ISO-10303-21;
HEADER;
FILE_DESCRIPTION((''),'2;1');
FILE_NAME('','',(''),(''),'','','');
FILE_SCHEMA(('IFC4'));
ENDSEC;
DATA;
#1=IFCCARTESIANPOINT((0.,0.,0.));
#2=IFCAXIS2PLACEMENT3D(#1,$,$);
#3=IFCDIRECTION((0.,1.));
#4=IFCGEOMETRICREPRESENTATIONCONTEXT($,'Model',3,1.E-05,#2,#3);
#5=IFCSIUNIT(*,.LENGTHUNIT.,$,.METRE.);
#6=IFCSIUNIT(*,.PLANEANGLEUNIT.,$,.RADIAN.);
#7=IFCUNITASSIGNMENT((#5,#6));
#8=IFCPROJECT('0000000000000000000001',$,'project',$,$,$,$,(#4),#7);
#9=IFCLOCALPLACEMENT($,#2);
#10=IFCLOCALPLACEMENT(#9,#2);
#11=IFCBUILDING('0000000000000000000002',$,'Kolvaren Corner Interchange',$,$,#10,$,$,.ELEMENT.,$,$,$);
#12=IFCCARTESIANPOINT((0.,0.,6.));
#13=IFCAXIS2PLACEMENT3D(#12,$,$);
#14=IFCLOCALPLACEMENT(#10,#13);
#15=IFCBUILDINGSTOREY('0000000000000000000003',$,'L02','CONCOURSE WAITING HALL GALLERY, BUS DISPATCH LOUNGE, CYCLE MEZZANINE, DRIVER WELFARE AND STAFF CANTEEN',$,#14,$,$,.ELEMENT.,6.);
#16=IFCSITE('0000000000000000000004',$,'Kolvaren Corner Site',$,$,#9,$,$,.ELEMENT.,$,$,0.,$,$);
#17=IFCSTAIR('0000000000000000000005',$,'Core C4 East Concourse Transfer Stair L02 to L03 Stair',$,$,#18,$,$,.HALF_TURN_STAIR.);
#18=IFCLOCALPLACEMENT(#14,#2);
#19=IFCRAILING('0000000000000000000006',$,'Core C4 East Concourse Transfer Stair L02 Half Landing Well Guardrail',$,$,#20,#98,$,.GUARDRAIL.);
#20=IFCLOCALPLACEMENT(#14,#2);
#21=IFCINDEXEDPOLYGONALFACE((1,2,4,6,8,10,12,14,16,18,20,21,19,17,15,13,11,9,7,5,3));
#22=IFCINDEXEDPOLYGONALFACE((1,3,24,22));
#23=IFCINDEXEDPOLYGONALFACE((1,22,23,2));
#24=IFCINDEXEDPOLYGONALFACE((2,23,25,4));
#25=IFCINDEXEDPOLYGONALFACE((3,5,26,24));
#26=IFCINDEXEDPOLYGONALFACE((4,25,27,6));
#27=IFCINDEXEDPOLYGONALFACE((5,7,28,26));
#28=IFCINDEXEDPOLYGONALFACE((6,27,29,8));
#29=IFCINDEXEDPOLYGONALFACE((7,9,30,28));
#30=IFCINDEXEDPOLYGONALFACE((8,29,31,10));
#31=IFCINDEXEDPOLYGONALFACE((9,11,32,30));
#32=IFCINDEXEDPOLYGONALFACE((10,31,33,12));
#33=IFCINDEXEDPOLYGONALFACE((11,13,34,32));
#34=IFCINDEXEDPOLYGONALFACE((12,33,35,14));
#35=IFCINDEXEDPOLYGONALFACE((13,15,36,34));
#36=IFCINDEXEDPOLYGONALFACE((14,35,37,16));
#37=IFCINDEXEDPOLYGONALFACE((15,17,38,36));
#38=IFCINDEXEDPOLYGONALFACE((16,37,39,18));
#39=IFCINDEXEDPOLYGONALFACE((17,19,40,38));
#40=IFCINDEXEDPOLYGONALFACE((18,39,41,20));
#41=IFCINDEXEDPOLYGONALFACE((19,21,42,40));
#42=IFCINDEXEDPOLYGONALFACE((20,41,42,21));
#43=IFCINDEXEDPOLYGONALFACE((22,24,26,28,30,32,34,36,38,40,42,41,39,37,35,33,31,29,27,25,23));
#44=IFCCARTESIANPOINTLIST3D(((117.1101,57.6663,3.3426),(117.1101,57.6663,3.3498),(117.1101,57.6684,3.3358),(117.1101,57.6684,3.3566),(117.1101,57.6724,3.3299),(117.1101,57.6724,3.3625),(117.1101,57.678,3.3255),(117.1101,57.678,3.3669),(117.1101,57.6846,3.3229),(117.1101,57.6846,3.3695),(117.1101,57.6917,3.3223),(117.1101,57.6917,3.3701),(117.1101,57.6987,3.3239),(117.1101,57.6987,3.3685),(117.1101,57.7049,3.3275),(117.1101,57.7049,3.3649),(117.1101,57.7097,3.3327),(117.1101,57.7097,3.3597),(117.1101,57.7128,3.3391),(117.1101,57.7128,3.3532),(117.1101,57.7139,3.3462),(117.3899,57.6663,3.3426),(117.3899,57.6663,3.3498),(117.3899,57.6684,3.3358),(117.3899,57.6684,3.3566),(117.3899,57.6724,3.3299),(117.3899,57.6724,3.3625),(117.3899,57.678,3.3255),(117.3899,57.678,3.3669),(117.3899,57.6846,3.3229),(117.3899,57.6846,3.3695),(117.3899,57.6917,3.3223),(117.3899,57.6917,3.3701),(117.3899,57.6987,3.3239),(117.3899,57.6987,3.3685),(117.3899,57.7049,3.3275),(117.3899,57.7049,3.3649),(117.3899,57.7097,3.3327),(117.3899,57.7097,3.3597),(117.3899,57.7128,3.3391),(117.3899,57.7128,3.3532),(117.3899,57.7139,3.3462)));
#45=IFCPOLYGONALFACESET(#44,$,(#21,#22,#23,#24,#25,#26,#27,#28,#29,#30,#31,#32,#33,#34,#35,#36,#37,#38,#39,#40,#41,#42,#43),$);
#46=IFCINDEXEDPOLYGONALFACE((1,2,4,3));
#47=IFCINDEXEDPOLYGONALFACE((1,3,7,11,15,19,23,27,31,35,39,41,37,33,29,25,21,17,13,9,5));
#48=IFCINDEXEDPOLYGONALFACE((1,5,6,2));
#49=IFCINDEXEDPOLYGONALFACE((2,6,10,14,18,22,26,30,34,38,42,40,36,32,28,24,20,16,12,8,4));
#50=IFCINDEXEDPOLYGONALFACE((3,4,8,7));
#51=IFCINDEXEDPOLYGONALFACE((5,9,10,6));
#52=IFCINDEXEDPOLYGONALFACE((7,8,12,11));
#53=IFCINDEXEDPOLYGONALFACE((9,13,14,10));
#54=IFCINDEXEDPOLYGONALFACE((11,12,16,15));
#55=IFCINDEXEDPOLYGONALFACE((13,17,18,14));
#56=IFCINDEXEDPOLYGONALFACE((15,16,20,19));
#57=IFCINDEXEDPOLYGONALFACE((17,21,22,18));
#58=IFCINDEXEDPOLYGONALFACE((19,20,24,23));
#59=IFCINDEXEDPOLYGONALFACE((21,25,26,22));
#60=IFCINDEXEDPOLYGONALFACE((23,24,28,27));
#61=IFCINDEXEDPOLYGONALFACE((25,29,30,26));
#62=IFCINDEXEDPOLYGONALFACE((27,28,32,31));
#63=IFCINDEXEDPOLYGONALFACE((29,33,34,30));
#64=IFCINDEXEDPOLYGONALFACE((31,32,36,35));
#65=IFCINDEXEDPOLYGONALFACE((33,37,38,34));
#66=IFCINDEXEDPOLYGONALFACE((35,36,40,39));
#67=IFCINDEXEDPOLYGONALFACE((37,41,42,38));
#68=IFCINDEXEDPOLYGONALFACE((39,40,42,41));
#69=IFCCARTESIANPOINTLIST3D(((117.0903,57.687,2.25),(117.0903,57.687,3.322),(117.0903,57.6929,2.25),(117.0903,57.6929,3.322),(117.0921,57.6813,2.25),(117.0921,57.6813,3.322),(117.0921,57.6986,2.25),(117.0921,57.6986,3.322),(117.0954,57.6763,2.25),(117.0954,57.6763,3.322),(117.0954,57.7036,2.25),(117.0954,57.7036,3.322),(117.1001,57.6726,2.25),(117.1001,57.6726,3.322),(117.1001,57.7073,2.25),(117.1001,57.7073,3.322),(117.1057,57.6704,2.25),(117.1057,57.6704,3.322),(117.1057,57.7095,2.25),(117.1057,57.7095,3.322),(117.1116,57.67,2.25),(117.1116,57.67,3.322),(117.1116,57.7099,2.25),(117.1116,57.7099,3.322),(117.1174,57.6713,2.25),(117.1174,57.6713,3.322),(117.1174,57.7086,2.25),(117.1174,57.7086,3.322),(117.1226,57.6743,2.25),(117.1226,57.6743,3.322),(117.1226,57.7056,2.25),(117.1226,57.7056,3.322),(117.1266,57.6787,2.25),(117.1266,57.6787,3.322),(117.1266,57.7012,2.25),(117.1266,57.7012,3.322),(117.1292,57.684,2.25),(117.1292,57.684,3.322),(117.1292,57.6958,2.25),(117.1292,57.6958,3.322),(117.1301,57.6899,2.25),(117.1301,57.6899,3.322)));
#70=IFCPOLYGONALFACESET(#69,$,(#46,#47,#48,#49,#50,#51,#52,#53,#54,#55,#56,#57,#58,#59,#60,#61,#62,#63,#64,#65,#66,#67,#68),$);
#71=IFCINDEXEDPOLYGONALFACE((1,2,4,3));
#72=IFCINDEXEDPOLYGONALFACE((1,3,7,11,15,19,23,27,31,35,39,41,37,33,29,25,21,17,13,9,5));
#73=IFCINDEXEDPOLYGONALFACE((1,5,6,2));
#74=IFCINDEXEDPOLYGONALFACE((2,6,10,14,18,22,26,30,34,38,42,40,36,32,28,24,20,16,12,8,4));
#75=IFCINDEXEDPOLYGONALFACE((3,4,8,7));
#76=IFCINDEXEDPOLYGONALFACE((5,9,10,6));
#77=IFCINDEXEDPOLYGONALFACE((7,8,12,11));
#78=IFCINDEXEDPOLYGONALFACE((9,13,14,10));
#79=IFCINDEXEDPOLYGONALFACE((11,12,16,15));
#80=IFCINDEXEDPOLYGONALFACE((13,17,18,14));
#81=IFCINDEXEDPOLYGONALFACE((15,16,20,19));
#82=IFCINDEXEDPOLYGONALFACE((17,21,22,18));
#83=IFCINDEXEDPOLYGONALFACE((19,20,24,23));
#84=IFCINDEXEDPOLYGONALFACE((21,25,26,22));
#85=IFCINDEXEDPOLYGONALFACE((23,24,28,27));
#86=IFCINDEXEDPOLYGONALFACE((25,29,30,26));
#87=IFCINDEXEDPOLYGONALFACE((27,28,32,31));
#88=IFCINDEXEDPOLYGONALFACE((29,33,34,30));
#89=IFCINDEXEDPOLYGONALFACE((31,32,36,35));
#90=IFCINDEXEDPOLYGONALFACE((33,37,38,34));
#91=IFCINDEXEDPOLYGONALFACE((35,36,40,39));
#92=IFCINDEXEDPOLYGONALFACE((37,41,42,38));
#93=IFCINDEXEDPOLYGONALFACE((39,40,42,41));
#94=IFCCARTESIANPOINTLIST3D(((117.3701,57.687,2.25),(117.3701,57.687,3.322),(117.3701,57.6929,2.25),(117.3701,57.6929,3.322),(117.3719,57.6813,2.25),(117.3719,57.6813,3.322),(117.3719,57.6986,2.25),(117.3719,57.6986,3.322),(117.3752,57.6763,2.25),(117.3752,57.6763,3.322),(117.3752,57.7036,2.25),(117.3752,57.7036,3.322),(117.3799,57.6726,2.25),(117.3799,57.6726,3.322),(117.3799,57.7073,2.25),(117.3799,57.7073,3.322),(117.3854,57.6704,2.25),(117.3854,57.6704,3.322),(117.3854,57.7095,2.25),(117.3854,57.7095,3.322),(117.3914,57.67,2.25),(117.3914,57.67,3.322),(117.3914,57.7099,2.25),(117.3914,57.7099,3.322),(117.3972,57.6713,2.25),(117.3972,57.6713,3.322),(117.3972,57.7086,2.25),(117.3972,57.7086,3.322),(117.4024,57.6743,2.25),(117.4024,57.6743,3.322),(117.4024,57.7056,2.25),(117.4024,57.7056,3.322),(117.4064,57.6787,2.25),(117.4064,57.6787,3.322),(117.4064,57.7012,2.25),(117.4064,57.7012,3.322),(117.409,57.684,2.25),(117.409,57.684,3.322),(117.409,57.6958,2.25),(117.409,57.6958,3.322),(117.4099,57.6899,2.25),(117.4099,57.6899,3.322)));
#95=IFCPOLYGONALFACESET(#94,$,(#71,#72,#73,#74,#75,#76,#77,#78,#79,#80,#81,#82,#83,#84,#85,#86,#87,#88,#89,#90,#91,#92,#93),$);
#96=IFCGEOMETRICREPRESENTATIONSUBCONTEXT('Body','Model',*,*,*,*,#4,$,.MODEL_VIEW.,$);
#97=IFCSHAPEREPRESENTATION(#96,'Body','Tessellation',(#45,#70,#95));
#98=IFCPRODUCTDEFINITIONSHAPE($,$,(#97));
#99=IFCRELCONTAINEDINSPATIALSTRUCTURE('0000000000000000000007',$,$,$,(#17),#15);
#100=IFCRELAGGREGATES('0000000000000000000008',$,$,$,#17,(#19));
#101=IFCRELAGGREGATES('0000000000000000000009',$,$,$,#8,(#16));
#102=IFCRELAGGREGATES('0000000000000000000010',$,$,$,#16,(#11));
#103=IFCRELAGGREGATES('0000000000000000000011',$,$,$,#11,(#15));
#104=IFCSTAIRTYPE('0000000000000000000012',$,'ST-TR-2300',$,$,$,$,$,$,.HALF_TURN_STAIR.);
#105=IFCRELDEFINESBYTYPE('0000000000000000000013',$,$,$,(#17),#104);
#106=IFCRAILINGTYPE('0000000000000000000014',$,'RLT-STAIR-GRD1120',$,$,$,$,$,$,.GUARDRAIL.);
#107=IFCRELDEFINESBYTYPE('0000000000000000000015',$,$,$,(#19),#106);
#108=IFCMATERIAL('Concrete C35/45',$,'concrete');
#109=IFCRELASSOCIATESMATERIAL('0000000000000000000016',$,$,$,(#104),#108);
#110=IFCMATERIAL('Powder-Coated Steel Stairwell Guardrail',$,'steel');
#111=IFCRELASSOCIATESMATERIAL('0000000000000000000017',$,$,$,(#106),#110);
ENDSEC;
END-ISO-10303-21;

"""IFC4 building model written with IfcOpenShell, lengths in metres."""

from ifc_helpers import new_model, si_unit, direction, frame, origin, origin_2d, place, context, subcontext, project, spatial, circle, extrude, material, type_object, element, aggregate, save


model = new_model("IFC4")

# Units and contexts
model_context = context("Model", 3, precision=1e-05, world=origin(), true_north=direction((0.0, 1.0)))
body_context = subcontext(model_context, "Body", "Model", "MODEL_VIEW")
ifc_project = project(units=[si_unit("LENGTHUNIT", "METRE"), si_unit("PLANEANGLEUNIT", "RADIAN")], contexts=[model_context])

# Site, building, storey
site_placement = place(None, origin())
site = spatial("IfcSite", under=ifc_project, at=site_placement, Name="Kolvaren Corner Site", CompositionType="ELEMENT", RefElevation=0.0)
building_placement = place(site_placement, origin())
building = spatial("IfcBuilding", under=site, at=building_placement, Name="Kolvaren Corner Interchange", CompositionType="ELEMENT")
storey_placement = place(building_placement, frame((0.0, 0.0, 6.0)))
storey = spatial("IfcBuildingStorey", under=building, at=storey_placement, Name="L02", Description="CONCOURSE WAITING HALL GALLERY, BUS DISPATCH LOUNGE, CYCLE MEZZANINE, DRIVER WELFARE AND STAFF CANTEEN", CompositionType="ELEMENT", Elevation=6.0)

# Stair, railing
ifc_material_1 = material(Name="Concrete C35/45", Category="concrete")
stair_type = type_object("IfcStairType", Name="ST-TR-2300", PredefinedType="HALF_TURN_STAIR", material=ifc_material_1)
stair_placement = place(storey_placement, origin())
stair = element("IfcStair", 1, at=stair_placement, inside=storey, type_object=stair_type, Name="Core C4 East Concourse Transfer Stair L02 to L03 Stair", PredefinedType="HALF_TURN_STAIR")
ifc_material_2 = material(Name="Powder-Coated Steel Stairwell Guardrail", Category="steel")
railing_type_1 = type_object("IfcRailingType", Name="RLT-STAIR-GRD1120", PredefinedType="GUARDRAIL", material=ifc_material_2)
railing_1_placement = place(storey_placement, frame((117.1101, 57.6899, 2.25)))
railing_1 = element("IfcRailing", 2, at=railing_1_placement, type_object=railing_type_1, Name="Core C4 East Concourse Transfer Stair L02 Half Landing Well Guardrail", PredefinedType="GUARDRAIL", context=body_context, shape_type="SweptSolid", body=[
    extrude(circle(Radius=0.0239, at=origin_2d()), frame((0.0, 0.0, 1.0962), z_axis=(1.0, 0.0, 0.0), x_axis=(0.0, 1.0, 0.0)), (0.0, 0.0, 1.0), 0.2798),
    extrude(circle(Radius=0.02, at=origin_2d()), origin(), (0.0, 0.0, 1.0), 1.072),
    extrude(circle(Radius=0.02, at=origin_2d()), frame((0.2798, 0.0, 0.0)), (0.0, 0.0, 1.0), 1.072),
])
aggregate(stair, [railing_1])

save(model, "model.ifc")
